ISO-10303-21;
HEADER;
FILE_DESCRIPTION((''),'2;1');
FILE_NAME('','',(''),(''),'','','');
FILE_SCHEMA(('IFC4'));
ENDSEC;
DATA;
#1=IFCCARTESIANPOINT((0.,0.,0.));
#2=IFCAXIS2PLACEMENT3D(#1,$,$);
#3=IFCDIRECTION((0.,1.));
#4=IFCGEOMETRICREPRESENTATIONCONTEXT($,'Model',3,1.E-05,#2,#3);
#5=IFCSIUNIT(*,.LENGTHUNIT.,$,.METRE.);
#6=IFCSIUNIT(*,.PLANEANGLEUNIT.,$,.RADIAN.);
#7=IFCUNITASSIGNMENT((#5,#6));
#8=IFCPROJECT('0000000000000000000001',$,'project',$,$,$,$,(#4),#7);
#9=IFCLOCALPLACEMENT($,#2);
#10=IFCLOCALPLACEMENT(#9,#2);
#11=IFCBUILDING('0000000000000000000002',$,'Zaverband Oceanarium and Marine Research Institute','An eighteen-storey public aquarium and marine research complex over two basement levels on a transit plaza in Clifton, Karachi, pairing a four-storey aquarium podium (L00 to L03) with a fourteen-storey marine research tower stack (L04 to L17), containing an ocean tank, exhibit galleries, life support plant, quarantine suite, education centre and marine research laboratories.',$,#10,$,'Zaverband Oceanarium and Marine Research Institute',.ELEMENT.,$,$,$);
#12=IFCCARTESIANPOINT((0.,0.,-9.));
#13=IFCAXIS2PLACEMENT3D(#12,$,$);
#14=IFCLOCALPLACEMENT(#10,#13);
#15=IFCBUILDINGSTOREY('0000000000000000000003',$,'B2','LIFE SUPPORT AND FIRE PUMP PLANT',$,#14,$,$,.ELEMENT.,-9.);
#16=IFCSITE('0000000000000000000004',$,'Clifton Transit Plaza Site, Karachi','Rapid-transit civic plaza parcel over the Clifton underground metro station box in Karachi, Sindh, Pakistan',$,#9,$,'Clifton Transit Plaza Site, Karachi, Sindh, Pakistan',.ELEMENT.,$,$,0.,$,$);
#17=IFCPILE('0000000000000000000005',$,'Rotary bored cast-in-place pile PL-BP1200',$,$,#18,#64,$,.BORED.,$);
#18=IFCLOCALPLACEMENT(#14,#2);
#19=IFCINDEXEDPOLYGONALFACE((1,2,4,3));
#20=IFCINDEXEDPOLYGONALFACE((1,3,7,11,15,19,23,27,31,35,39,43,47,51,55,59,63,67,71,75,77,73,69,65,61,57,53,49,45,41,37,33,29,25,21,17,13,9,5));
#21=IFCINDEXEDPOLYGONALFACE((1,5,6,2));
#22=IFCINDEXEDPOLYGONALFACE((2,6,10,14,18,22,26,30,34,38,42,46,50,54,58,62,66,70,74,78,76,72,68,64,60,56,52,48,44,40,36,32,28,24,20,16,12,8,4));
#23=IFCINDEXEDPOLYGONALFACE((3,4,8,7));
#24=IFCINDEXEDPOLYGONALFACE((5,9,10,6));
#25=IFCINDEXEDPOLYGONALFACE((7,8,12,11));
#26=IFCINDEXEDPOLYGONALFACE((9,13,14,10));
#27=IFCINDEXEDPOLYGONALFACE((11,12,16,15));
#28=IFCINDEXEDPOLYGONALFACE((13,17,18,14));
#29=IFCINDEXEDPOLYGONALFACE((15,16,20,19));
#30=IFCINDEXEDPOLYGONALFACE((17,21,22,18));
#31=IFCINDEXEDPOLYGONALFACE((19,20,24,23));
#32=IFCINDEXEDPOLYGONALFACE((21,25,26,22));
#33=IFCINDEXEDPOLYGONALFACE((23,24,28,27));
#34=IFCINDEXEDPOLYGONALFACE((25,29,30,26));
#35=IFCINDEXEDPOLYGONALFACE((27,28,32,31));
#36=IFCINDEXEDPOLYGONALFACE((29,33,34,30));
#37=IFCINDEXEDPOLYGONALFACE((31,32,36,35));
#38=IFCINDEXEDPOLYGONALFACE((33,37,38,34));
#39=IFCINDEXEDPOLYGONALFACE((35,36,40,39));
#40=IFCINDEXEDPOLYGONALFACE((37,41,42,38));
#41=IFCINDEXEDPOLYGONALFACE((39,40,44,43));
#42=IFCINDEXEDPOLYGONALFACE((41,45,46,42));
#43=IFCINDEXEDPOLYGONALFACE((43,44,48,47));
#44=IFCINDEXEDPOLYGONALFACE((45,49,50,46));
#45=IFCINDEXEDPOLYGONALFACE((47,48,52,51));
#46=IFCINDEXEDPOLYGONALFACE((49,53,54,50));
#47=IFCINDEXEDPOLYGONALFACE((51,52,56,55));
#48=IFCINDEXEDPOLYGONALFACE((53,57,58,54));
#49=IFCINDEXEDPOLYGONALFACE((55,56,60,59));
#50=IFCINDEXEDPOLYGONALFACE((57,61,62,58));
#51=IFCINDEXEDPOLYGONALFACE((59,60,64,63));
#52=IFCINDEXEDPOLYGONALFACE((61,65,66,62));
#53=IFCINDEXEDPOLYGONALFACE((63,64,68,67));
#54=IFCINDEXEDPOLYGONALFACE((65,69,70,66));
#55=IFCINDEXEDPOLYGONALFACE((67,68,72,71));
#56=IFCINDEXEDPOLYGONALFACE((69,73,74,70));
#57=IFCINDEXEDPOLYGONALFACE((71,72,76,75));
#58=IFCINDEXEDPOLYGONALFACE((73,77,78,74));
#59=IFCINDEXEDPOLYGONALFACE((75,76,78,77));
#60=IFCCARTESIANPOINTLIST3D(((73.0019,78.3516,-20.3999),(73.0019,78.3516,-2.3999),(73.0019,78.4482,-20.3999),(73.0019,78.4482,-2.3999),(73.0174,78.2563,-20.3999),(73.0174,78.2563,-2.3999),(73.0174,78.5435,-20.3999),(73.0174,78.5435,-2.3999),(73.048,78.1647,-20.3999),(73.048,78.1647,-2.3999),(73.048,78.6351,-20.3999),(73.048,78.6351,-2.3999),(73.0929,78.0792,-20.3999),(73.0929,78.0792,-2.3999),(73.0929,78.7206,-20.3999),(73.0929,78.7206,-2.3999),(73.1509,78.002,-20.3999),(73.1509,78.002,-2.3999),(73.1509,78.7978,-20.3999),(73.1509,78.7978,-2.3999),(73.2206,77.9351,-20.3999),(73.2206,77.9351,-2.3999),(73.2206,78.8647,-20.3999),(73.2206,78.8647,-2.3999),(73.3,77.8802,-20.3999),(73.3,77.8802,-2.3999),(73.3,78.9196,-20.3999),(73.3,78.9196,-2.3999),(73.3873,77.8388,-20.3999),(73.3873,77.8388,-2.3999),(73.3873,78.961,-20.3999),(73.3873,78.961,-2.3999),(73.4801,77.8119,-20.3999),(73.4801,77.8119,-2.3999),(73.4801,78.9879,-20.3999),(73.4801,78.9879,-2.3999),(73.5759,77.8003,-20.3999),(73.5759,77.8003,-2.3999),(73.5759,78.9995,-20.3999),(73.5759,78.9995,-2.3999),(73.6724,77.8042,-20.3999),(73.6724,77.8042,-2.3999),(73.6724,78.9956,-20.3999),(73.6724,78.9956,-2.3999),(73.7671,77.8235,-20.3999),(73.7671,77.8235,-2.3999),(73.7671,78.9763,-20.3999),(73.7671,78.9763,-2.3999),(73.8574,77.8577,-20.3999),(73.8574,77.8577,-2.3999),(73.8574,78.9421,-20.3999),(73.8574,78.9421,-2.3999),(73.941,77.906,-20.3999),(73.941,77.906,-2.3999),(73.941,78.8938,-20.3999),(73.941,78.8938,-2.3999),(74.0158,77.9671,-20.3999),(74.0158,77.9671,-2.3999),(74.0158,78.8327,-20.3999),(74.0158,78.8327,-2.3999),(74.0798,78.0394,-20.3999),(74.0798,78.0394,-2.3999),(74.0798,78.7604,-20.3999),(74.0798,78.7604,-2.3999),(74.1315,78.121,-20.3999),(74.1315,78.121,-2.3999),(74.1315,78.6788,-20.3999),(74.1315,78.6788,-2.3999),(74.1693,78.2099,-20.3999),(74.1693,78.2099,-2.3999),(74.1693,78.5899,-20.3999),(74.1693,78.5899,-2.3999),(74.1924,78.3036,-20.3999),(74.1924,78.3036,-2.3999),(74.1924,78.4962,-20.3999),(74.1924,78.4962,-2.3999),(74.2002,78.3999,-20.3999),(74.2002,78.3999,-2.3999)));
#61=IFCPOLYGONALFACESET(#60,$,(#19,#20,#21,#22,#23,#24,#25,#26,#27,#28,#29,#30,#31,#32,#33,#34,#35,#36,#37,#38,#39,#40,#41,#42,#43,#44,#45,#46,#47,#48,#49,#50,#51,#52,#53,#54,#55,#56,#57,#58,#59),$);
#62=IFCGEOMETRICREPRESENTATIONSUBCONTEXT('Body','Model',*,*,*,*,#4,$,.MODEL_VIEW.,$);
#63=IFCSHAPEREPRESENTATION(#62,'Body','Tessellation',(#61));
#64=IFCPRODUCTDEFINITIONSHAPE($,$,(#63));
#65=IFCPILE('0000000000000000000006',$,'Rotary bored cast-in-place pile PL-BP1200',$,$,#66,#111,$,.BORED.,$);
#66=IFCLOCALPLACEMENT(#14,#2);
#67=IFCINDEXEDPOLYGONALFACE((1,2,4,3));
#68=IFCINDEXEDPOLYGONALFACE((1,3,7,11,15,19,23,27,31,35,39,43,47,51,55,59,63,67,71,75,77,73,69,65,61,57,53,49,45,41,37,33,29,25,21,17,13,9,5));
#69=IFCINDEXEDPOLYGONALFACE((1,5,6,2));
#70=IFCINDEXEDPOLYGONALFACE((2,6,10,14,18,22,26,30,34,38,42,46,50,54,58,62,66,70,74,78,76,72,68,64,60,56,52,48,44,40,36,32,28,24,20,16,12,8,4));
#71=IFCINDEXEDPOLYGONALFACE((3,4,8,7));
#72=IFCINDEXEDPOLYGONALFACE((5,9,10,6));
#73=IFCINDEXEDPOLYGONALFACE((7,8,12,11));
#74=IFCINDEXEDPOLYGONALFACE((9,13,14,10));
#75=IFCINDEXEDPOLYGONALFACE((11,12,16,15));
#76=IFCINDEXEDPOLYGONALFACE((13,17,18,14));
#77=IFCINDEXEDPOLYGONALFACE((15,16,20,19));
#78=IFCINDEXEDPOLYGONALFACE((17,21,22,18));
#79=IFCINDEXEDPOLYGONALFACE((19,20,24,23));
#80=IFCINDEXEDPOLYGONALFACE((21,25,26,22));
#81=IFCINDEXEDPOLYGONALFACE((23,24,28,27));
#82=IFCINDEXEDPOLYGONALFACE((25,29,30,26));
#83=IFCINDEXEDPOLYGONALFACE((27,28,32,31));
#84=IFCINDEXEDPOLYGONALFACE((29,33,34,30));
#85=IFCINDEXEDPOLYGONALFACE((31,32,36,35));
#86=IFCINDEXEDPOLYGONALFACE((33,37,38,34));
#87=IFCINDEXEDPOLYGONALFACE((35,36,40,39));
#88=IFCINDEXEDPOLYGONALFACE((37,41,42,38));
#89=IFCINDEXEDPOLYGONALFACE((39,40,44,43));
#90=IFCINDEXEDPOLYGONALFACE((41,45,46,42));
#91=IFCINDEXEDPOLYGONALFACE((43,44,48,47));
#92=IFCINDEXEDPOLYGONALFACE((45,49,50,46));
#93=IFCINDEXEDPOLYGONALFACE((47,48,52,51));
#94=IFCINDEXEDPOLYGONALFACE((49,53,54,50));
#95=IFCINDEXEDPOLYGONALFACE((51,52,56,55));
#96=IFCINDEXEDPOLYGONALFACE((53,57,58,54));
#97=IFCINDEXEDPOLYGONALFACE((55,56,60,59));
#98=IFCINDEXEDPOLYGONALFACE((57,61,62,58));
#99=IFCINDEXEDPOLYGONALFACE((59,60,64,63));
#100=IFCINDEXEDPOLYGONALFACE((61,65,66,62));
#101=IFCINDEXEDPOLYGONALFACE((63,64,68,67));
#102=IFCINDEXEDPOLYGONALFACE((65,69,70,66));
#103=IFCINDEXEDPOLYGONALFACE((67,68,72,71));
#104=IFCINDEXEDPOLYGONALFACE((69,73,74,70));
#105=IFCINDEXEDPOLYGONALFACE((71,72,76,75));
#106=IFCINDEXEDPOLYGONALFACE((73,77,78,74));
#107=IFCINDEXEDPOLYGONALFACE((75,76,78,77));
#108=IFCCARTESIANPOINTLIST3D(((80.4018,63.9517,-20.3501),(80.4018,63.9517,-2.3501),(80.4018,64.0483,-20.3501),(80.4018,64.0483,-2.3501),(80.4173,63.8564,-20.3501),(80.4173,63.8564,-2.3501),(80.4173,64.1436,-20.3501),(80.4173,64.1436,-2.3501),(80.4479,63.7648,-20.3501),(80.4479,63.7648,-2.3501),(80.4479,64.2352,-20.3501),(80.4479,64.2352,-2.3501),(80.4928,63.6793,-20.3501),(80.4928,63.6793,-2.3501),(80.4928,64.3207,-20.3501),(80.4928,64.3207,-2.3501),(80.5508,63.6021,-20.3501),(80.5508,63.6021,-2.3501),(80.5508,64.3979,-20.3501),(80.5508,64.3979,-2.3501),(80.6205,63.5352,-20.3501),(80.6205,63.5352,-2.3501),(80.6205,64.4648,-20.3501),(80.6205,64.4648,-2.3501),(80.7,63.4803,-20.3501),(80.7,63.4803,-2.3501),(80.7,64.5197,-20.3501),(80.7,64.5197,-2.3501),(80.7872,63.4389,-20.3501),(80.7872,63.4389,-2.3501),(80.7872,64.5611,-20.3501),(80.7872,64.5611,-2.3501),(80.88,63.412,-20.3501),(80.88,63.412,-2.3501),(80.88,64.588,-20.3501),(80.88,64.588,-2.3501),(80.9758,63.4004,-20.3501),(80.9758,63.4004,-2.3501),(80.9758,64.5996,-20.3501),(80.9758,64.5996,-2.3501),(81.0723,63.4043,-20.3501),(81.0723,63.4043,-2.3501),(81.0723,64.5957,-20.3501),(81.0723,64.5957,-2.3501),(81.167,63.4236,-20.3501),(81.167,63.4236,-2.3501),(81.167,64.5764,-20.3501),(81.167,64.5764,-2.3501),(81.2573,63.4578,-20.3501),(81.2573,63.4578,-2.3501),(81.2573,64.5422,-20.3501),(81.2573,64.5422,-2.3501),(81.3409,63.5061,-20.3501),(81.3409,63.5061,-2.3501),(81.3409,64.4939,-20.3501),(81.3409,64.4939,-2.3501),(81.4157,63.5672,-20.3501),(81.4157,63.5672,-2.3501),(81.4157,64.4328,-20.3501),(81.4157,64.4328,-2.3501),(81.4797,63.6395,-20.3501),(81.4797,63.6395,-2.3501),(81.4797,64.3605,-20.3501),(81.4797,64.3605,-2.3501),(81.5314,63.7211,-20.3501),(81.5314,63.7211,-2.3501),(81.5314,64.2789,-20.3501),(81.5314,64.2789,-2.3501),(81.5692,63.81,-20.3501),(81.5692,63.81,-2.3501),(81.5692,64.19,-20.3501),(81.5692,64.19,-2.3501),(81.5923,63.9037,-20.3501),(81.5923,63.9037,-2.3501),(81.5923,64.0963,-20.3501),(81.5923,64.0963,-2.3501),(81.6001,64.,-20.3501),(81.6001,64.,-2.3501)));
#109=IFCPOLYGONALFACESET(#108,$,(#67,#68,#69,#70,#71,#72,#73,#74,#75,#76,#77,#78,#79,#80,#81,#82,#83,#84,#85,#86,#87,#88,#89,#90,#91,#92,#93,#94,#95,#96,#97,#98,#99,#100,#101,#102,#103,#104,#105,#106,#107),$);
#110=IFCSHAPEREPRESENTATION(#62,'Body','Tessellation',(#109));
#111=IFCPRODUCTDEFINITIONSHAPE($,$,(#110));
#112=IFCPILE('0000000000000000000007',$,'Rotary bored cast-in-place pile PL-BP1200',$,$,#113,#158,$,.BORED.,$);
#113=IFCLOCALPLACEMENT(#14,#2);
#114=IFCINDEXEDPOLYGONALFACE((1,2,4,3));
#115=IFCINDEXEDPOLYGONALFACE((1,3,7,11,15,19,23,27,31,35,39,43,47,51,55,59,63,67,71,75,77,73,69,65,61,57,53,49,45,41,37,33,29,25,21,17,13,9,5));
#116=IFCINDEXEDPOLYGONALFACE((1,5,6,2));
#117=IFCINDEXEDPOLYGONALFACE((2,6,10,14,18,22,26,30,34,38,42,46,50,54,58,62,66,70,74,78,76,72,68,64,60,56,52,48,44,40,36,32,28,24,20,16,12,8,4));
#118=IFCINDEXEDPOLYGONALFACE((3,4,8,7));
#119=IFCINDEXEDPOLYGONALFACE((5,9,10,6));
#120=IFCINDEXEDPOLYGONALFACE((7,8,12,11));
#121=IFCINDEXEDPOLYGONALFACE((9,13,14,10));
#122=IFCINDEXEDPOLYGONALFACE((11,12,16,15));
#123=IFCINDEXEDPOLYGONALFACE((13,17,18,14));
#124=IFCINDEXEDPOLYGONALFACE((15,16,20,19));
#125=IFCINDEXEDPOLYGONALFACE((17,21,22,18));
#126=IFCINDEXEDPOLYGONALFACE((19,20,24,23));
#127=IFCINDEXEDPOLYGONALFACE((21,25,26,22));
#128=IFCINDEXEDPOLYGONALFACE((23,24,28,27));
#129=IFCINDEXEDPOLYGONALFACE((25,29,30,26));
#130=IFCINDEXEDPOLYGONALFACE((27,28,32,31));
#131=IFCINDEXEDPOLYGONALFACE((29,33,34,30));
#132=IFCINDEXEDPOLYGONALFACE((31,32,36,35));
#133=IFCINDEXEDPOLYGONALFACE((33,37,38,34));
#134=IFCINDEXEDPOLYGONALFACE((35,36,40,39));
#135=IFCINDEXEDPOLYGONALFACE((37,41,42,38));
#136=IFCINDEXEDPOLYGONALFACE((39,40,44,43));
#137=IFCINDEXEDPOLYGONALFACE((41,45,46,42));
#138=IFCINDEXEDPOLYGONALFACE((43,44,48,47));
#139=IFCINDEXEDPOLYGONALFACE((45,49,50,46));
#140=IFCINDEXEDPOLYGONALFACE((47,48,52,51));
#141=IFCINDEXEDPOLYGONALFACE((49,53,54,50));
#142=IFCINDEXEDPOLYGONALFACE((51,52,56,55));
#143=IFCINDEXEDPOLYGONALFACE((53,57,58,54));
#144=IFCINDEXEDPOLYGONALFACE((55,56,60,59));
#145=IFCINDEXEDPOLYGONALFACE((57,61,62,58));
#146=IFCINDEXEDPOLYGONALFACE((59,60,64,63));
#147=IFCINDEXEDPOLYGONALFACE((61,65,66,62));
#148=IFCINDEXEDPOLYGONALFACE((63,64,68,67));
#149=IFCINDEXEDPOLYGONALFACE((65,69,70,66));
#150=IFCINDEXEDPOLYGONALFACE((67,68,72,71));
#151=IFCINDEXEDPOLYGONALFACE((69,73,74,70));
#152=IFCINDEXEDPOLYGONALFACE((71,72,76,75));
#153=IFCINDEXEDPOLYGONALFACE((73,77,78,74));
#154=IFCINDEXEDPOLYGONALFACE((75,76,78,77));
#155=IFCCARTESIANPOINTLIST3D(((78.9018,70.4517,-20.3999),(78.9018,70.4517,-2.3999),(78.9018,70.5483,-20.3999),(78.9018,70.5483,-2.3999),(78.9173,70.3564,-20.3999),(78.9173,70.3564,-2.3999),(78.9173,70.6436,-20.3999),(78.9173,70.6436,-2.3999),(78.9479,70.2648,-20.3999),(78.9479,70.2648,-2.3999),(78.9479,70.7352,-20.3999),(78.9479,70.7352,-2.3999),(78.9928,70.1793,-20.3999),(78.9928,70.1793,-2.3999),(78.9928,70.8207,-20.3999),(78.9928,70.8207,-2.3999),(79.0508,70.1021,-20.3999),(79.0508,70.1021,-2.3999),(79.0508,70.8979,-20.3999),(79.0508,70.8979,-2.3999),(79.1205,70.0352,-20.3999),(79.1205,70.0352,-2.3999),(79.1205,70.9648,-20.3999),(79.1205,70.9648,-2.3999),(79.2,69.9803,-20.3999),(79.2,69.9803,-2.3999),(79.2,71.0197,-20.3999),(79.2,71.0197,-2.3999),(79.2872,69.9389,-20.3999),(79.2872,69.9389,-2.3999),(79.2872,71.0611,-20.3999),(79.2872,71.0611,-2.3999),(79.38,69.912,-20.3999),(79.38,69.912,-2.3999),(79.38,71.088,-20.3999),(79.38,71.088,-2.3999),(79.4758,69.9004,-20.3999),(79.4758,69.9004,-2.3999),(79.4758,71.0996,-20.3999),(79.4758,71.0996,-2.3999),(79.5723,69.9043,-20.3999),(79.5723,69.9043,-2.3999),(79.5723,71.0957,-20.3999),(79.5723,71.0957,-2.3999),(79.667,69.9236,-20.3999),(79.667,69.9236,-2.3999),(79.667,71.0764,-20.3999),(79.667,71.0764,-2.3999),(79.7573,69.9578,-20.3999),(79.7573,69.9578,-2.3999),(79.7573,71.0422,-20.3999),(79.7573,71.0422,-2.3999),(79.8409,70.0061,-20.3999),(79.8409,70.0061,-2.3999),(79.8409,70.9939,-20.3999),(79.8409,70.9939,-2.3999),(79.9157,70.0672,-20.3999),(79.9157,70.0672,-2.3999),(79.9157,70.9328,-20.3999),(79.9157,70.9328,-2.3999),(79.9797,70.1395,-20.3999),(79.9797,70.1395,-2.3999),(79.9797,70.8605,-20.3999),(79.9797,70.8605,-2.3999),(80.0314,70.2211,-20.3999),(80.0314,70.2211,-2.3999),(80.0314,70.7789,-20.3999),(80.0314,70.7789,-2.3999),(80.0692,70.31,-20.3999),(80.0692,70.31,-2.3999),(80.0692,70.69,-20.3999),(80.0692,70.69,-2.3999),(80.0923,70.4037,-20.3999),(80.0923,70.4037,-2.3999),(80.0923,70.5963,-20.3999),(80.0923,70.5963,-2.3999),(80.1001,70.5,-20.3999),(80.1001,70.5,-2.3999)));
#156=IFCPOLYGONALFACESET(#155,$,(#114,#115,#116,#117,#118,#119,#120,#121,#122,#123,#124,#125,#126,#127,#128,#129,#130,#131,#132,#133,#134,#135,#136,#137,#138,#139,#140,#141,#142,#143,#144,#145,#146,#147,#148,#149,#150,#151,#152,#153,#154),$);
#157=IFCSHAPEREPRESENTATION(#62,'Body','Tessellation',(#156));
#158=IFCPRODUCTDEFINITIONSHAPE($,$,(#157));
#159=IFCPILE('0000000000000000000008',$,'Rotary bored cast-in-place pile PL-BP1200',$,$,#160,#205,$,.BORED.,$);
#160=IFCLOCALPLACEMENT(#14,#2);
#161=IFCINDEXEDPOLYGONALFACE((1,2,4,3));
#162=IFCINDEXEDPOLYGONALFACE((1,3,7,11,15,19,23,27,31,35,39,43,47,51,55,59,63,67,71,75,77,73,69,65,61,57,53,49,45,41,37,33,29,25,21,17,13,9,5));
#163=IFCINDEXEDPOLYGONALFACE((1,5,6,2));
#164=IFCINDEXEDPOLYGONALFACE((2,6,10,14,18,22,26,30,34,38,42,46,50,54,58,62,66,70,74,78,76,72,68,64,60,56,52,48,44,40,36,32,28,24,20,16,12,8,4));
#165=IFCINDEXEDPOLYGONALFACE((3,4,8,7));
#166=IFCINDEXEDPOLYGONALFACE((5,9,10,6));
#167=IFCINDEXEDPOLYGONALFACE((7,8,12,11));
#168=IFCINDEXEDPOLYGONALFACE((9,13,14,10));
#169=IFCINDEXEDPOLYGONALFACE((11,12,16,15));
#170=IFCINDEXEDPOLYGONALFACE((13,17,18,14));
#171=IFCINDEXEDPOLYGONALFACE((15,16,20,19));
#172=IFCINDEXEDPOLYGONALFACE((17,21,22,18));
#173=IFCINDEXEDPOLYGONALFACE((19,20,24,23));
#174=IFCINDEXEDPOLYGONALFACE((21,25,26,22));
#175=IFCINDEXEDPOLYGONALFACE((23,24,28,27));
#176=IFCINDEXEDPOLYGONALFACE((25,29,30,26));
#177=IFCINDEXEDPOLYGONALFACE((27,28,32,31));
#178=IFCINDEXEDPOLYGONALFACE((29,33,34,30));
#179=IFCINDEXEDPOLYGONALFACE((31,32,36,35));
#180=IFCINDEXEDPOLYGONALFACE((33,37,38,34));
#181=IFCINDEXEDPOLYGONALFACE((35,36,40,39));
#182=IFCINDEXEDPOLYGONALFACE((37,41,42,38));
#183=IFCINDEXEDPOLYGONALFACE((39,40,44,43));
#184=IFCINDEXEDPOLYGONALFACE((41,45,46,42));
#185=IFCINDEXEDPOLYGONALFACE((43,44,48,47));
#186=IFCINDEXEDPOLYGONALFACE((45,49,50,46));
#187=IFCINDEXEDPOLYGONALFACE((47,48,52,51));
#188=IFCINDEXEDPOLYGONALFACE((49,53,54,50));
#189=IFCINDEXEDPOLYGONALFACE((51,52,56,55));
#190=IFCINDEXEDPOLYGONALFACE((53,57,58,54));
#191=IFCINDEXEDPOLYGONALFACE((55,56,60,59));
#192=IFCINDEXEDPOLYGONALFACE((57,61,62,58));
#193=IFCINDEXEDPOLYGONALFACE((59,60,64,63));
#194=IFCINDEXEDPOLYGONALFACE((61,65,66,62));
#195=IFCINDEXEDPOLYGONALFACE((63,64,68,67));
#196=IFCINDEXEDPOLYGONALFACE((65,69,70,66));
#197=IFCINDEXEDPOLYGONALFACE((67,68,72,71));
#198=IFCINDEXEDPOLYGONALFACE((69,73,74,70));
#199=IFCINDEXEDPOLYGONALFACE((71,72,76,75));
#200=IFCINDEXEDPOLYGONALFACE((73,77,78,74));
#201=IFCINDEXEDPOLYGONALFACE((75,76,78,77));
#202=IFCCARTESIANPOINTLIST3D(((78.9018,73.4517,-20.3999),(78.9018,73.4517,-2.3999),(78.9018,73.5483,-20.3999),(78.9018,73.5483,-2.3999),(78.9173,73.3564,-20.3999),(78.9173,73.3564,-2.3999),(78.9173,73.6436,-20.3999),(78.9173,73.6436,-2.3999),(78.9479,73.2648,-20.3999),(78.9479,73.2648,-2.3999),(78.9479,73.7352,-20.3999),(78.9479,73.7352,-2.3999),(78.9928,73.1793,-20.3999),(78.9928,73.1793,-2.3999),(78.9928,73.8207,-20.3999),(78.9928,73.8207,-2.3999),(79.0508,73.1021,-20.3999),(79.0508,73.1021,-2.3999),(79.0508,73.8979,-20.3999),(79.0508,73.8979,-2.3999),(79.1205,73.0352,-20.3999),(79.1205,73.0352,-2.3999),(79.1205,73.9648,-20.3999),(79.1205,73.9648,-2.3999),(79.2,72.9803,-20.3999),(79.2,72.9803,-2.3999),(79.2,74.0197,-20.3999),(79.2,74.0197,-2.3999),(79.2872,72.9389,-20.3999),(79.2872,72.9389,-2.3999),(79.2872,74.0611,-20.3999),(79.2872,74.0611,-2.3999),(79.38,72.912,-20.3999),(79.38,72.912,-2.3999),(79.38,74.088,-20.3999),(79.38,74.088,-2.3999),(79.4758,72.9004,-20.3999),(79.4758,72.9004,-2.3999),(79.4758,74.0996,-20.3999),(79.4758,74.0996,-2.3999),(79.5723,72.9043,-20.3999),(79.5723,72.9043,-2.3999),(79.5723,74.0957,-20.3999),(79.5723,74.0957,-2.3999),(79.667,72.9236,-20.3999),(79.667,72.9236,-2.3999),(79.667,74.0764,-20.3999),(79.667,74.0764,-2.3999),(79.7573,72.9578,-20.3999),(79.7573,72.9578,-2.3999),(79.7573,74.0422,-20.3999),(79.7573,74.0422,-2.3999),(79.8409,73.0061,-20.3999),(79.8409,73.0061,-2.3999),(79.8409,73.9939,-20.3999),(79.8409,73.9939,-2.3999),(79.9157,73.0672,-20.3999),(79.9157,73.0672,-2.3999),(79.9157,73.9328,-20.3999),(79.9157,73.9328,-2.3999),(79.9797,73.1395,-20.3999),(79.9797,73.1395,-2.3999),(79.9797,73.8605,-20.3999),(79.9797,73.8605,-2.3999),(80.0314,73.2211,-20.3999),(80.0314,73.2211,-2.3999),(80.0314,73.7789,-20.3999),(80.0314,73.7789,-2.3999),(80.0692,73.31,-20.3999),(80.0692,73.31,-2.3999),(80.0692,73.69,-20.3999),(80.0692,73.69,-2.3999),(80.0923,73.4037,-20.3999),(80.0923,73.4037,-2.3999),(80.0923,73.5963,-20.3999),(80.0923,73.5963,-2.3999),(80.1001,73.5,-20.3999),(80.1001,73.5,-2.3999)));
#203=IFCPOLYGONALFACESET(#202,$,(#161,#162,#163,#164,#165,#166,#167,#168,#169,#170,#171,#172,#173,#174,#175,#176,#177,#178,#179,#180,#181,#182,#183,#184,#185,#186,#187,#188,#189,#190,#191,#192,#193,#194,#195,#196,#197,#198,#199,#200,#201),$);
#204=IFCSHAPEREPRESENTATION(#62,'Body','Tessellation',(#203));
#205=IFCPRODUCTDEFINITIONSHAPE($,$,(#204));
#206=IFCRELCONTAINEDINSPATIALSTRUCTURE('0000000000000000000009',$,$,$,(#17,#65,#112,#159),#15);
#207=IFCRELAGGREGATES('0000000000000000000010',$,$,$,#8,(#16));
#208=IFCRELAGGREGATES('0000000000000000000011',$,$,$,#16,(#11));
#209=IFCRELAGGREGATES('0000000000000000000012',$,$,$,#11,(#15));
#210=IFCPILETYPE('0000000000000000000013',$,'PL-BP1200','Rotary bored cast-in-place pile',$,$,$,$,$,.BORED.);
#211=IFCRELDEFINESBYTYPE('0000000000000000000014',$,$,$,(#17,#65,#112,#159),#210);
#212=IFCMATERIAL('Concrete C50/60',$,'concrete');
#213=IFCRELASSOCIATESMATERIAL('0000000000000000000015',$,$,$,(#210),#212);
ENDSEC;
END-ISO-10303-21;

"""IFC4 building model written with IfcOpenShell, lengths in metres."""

from ifc_helpers import new_model, si_unit, direction, frame, origin, origin_2d, place, context, subcontext, project, spatial, circle, extrude, material, material_profile, profile_set, type_object, element, save


model = new_model("IFC4")

# Units and contexts
model_context = context("Model", 3, precision=1e-05, world=origin(), true_north=direction((0.0, 1.0)))
body_context = subcontext(model_context, "Body", "Model", "MODEL_VIEW")
ifc_project = project(units=[si_unit("LENGTHUNIT", "METRE"), si_unit("PLANEANGLEUNIT", "RADIAN")], contexts=[model_context])

# Site, building, storey
site_placement = place(None, origin())
site = spatial("IfcSite", under=ifc_project, at=site_placement, Name="Clifton Transit Plaza Site, Karachi", Description="Rapid-transit civic plaza parcel over the Clifton underground metro station box in Karachi, Sindh, Pakistan", LongName="Clifton Transit Plaza Site, Karachi, Sindh, Pakistan", CompositionType="ELEMENT", RefElevation=0.0)
building_placement = place(site_placement, origin())
building = spatial("IfcBuilding", under=site, at=building_placement, Name="Zaverband Oceanarium and Marine Research Institute", Description="An eighteen-storey public aquarium and marine research complex over two basement levels on a transit plaza in Clifton, Karachi, pairing a four-storey aquarium podium (L00 to L03) with a fourteen-storey marine research tower stack (L04 to L17), containing an ocean tank, exhibit galleries, life support plant, quarantine suite, education centre and marine research laboratories.", LongName="Zaverband Oceanarium and Marine Research Institute", CompositionType="ELEMENT")
storey_placement = place(building_placement, frame((0.0, 0.0, -9.0)))
storey = spatial("IfcBuildingStorey", under=building, at=storey_placement, Name="B2", Description="LIFE SUPPORT AND FIRE PUMP PLANT", CompositionType="ELEMENT", Elevation=-9.0)

# Shared definitions
ifc_material_1 = material(Name="Concrete C50/60", Category="concrete")

# Piles
ifc_material_profile_1 = material_profile(ifc_material_1, circle(Radius=0.6001, at=origin_2d()), Name="BP1200")
ifc_profile_set_1 = profile_set([ifc_material_profile_1], Name="Concrete C50/60")
pile_type = type_object("IfcPileType", Name="PL-BP1200", Description="Rotary bored cast-in-place pile", PredefinedType="BORED", material=ifc_profile_set_1)
for number, where, z_axis, x_axis, name in (
    (1, (73.6001, 78.3999, -2.3999), (0.0, 0.0, -1.0), (1.0, 0.0, 0.0), "Rotary bored cast-in-place pile PL-BP1200"),
    (2, (81.0, 64.0, -2.3501), (0.0, 0.0, -1.0), (1.0, 0.0, 0.0), "Rotary bored cast-in-place pile PL-BP1200"),
    (3, (79.5, 70.5, -2.3999), (0.0, 0.0, -1.0), (1.0, 0.0, 0.0), "Rotary bored cast-in-place pile PL-BP1200"),
    (4, (79.5, 73.5, -2.3999), (0.0, 0.0, -1.0), (1.0, 0.0, 0.0), "Rotary bored cast-in-place pile PL-BP1200"),
):
    element("IfcPile", number, at=place(storey_placement, frame(where, z_axis=z_axis, x_axis=x_axis)), inside=storey, type_object=pile_type, Name=name, PredefinedType="BORED", context=body_context, shape_type="SweptSolid", body=[
        extrude(circle(Radius=0.6001, at=origin_2d()), origin(), (0.0, 0.0, 1.0), 18.0),
    ])

save(model, "model.ifc")
